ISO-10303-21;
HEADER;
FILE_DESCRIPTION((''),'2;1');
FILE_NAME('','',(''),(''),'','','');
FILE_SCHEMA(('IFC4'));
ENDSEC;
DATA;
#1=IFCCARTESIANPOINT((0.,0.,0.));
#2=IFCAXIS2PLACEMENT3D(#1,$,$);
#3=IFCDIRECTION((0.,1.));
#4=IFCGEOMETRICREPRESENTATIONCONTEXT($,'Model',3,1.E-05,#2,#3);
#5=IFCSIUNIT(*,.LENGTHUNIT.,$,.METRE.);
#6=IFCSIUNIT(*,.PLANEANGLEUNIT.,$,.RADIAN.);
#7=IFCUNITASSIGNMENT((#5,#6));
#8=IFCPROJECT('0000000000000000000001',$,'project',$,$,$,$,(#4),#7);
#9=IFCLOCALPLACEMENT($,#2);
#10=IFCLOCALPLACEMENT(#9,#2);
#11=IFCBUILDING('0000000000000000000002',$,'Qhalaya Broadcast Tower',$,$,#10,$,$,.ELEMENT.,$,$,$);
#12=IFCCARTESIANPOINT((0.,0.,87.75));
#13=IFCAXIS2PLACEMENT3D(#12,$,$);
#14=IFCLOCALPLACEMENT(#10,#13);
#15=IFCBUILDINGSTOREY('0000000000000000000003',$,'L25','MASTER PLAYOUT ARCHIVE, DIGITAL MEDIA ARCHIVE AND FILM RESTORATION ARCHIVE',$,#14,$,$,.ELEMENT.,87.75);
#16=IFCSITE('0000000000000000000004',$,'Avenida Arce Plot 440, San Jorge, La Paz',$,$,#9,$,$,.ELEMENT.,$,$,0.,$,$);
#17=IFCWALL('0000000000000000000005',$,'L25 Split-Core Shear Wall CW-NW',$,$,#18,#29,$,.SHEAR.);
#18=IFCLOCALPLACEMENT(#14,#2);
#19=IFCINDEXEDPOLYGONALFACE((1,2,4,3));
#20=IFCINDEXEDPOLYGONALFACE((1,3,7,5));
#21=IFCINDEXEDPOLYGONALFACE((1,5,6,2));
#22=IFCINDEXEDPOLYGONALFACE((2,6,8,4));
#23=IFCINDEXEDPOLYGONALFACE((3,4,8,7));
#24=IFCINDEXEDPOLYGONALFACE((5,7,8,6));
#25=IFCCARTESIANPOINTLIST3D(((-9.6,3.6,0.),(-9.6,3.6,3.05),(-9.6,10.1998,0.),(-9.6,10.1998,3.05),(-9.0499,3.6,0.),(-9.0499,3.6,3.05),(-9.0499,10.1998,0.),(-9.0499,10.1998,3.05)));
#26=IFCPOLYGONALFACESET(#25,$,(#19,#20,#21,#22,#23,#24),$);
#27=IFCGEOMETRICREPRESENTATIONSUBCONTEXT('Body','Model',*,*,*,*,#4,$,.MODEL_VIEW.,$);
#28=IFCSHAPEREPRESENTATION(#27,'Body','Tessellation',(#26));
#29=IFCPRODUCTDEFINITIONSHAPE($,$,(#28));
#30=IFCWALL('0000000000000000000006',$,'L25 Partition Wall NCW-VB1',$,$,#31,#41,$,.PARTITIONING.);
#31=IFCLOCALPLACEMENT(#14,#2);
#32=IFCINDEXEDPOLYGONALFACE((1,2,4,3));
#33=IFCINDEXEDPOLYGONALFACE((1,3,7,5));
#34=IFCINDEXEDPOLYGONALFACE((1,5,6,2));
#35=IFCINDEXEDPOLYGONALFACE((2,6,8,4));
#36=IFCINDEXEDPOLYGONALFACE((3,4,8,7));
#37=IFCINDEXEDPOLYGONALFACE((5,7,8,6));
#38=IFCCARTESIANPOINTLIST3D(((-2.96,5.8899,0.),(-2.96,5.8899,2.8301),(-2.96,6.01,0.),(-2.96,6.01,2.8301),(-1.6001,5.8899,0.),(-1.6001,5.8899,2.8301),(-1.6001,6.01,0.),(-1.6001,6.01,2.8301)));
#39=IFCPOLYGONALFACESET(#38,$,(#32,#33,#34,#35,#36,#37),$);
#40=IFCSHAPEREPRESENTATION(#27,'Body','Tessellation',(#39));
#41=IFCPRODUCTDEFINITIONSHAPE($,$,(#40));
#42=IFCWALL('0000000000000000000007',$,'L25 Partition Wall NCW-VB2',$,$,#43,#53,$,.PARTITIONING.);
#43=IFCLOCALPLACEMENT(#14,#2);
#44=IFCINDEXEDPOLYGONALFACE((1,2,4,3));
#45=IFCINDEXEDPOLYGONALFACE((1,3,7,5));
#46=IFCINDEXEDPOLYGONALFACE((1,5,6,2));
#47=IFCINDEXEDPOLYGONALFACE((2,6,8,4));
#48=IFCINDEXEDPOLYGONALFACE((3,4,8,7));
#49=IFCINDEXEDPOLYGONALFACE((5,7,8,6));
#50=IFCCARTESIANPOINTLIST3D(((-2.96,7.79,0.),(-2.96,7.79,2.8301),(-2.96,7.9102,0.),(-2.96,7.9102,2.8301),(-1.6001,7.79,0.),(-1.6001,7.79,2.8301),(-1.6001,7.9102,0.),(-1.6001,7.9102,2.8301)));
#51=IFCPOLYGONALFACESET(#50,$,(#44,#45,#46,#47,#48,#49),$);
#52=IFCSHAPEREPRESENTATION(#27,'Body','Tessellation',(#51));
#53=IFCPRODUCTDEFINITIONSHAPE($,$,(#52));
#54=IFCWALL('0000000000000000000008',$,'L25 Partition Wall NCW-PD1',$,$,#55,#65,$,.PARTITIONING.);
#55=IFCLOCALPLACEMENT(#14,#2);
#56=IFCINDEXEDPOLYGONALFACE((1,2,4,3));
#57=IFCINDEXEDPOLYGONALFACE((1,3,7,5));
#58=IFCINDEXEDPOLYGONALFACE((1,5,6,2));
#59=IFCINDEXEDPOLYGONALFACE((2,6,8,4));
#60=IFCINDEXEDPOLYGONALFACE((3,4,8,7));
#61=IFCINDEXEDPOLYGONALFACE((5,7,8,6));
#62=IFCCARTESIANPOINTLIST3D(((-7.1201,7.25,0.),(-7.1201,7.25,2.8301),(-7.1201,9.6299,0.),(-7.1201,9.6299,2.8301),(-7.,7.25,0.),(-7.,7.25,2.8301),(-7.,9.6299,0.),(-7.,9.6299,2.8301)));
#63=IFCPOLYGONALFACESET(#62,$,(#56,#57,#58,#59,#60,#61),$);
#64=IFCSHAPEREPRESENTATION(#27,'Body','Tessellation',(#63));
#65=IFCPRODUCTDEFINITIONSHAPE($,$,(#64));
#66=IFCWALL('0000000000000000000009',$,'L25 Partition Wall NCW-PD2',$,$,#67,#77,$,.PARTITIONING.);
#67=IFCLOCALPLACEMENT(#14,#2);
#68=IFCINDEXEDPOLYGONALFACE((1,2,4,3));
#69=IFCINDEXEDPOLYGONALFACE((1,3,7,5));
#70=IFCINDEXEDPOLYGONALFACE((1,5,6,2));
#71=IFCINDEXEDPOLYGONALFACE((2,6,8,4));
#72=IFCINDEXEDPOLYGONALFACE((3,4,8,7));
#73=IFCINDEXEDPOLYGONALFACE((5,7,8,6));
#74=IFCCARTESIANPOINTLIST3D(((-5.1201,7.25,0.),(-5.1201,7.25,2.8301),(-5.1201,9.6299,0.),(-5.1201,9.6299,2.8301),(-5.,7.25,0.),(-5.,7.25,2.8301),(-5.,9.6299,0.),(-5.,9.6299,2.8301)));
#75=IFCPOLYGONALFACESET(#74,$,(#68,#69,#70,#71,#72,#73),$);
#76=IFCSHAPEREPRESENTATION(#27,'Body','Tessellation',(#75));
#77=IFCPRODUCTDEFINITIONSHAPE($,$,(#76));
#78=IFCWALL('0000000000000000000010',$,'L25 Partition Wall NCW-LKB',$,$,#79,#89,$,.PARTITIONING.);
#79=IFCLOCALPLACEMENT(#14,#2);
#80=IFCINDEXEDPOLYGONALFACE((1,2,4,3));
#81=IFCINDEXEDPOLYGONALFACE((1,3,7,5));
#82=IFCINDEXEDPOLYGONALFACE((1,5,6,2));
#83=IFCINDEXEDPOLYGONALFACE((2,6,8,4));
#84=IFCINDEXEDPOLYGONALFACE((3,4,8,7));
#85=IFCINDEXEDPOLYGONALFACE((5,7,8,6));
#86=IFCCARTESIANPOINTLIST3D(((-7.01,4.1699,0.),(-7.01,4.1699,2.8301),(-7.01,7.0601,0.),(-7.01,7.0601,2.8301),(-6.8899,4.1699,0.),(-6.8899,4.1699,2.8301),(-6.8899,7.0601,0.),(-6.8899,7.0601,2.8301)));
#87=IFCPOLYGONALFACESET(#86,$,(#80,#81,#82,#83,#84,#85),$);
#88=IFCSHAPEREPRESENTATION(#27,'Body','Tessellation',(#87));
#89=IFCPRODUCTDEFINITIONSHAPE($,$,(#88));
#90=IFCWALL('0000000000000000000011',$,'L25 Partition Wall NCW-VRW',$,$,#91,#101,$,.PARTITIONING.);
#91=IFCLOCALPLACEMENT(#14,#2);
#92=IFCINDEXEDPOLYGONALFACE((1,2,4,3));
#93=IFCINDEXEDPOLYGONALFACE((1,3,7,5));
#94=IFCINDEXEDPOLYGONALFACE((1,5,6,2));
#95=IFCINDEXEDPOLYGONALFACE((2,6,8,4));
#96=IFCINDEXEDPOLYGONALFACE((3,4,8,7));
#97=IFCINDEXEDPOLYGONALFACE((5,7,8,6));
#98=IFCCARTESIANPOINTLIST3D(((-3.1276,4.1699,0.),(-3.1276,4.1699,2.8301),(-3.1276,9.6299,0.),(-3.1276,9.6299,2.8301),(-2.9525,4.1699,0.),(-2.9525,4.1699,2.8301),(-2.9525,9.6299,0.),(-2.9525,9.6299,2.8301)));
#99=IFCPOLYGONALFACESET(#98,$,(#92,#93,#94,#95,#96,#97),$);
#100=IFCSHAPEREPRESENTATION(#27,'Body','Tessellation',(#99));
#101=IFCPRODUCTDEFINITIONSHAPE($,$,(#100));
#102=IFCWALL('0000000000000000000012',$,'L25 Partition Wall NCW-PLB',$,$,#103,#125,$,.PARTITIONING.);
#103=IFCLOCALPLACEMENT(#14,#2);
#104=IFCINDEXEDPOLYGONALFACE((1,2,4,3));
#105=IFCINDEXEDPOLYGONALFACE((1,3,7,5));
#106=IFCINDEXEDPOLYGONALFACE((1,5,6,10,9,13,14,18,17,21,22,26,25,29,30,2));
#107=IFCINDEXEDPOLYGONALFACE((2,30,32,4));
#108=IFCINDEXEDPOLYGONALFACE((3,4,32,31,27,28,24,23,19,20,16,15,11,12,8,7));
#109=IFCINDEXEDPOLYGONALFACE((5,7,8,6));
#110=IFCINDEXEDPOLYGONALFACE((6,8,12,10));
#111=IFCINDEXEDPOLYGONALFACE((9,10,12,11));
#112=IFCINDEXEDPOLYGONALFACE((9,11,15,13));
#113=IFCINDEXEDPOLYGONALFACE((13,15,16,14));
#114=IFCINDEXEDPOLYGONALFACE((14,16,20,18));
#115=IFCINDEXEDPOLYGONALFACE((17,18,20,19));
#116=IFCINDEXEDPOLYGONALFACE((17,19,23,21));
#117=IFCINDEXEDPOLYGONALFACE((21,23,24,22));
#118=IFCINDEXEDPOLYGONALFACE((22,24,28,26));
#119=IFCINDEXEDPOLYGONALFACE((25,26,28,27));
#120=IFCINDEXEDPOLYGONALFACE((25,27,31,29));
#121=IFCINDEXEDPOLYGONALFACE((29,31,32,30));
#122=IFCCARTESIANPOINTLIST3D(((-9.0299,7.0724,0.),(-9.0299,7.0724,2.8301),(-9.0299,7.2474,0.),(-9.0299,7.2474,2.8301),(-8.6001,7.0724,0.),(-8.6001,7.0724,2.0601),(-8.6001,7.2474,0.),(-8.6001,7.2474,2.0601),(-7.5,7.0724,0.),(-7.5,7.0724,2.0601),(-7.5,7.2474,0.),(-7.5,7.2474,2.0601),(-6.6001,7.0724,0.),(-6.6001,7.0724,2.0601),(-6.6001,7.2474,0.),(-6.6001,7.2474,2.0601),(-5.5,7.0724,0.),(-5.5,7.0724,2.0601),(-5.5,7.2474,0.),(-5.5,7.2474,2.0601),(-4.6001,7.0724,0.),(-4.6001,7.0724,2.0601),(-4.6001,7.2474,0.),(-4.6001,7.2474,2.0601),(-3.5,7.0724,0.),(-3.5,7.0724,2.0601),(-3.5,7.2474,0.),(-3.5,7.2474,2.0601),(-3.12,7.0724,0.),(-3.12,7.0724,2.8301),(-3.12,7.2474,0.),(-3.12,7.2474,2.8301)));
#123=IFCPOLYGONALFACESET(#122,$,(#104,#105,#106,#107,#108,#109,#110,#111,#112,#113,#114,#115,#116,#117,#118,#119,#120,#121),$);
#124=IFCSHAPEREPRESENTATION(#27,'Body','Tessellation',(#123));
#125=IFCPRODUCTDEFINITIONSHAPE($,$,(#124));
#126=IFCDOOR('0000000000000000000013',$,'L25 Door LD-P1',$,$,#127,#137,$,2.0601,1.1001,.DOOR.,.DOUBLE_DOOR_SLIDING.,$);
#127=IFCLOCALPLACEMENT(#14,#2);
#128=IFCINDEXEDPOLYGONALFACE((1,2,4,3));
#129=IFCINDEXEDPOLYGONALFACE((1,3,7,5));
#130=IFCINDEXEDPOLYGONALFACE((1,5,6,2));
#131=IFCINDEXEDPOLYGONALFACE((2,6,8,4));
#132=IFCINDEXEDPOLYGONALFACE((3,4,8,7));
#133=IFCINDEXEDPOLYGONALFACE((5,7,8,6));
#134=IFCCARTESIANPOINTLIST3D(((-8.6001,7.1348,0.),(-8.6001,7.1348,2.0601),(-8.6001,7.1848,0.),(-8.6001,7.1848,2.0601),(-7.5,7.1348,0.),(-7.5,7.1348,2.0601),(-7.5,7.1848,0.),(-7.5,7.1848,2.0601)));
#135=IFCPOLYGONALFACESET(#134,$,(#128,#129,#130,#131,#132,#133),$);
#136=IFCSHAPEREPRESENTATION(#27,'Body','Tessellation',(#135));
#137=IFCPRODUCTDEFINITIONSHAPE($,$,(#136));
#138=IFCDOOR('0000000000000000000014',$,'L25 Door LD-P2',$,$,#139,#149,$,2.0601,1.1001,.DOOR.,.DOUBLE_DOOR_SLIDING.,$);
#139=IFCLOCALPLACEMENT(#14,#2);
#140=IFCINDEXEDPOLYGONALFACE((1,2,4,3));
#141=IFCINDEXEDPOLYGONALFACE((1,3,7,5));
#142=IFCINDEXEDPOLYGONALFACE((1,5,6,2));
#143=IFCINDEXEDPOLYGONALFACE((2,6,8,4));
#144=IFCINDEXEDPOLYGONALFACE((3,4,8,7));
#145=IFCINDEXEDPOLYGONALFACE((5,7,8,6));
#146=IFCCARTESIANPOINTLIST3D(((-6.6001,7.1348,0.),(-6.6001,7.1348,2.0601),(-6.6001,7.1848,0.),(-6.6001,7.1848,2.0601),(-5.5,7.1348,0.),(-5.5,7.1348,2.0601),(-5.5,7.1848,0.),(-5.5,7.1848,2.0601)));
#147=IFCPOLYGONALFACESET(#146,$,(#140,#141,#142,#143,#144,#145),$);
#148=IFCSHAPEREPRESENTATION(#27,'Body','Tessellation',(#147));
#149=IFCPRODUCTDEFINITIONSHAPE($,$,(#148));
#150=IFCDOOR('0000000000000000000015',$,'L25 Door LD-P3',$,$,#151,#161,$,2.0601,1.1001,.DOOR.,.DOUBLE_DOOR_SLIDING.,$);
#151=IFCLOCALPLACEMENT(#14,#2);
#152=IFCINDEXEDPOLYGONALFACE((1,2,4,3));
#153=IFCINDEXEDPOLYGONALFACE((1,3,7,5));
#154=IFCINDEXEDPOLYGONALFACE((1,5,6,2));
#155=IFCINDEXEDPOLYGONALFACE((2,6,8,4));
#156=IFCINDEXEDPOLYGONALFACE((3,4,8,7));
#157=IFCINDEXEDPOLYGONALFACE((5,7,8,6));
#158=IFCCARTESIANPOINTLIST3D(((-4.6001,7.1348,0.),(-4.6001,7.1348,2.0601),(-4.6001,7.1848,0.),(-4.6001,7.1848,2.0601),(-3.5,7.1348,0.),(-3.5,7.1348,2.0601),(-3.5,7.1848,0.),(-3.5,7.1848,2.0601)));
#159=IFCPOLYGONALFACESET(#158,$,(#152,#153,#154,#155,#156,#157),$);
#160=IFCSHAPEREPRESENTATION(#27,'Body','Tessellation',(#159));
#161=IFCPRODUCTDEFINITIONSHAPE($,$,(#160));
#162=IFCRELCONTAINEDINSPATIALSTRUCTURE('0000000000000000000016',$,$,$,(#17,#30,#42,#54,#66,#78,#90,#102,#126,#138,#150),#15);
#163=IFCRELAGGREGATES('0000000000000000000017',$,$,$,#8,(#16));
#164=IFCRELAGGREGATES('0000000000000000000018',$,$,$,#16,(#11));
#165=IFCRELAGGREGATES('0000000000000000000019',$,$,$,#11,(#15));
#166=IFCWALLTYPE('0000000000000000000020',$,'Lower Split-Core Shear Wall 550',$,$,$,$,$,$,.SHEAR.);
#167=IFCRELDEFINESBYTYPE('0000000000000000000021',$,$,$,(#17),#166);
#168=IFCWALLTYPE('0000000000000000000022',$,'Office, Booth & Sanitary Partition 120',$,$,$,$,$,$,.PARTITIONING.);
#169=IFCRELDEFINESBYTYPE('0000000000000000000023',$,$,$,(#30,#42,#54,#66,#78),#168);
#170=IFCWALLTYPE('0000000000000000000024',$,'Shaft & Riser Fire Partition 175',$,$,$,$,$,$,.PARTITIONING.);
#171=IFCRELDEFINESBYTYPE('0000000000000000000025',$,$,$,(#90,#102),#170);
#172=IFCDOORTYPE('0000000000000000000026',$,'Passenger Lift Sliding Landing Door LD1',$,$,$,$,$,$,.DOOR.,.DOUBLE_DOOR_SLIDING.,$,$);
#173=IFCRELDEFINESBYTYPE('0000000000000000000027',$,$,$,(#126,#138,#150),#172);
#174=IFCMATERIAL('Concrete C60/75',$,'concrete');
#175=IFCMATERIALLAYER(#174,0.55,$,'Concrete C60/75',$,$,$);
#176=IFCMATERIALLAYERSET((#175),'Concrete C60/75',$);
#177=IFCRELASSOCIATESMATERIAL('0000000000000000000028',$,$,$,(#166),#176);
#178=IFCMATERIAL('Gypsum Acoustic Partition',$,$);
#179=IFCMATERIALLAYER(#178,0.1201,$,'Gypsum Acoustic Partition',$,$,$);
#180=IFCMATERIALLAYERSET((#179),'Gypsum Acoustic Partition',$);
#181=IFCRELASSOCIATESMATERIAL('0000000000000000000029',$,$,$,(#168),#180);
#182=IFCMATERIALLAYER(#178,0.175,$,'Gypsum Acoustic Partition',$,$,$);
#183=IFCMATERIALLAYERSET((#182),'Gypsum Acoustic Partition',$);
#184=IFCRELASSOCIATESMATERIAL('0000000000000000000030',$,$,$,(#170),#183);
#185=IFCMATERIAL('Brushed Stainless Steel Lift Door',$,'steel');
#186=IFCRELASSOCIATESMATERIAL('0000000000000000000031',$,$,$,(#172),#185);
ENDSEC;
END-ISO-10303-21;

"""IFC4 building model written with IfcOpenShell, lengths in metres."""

from ifc_helpers import new_model, si_unit, direction, frame, frame_2d, origin, place, context, subcontext, project, spatial, rectangle, extrude, material, layer, layer_set, type_object, element, fill, save


model = new_model("IFC4")

# Units and contexts
model_context = context("Model", 3, precision=1e-05, world=origin(), true_north=direction((0.0, 1.0)))
body_context = subcontext(model_context, "Body", "Model", "MODEL_VIEW")
ifc_project = project(units=[si_unit("LENGTHUNIT", "METRE"), si_unit("PLANEANGLEUNIT", "RADIAN")], contexts=[model_context])

# Site, building, storey
site_placement = place(None, origin())
site = spatial("IfcSite", under=ifc_project, at=site_placement, Name="Avenida Arce Plot 440, San Jorge, La Paz", CompositionType="ELEMENT", RefElevation=0.0)
building_placement = place(site_placement, origin())
building = spatial("IfcBuilding", under=site, at=building_placement, Name="Qhalaya Broadcast Tower", CompositionType="ELEMENT")
storey_placement = place(building_placement, frame((0.0, 0.0, 87.75)))
storey = spatial("IfcBuildingStorey", under=building, at=storey_placement, Name="L25", Description="MASTER PLAYOUT ARCHIVE, DIGITAL MEDIA ARCHIVE AND FILM RESTORATION ARCHIVE", CompositionType="ELEMENT", Elevation=87.75)

# Shared definitions
ifc_material_1 = material(Name="Gypsum Acoustic Partition")

# Walls
ifc_material_2 = material(Name="Concrete C60/75", Category="concrete")
ifc_layer_1 = layer(ifc_material_2, 0.55, Name="Concrete C60/75")
ifc_layer_set_1 = layer_set([ifc_layer_1], Name="Concrete C60/75")
wall_type_1 = type_object("IfcWallType", Name="Lower Split-Core Shear Wall 550", PredefinedType="SHEAR", material=ifc_layer_set_1)
wall_1_placement = place(storey_placement, frame((-9.325, 3.6001, 0.0), z_axis=(0.0, 0.0, 1.0), x_axis=(0.0, 1.0, 0.0)))
element("IfcWall", 1, at=wall_1_placement, inside=storey, type_object=wall_type_1, Name="L25 Split-Core Shear Wall CW-NW", PredefinedType="SHEAR", context=body_context, shape_type="SweptSolid", body=[
    extrude(rectangle(XDim=6.5999, YDim=0.55, at=frame_2d((3.2998, 0.0))), origin(), (0.0, 0.0, 1.0), 3.05),
])
ifc_layer_2 = layer(ifc_material_1, 0.1201, Name="Gypsum Acoustic Partition")
ifc_layer_set_2 = layer_set([ifc_layer_2], Name="Gypsum Acoustic Partition")
wall_type_2 = type_object("IfcWallType", Name="Office, Booth & Sanitary Partition 120", PredefinedType="PARTITIONING", material=ifc_layer_set_2)
for number, where, z_axis, x_axis, name in (
    (2, (-2.96, 5.95, 0.0), (0.0, 0.0, 1.0), (1.0, 0.0, 0.0), "L25 Partition Wall NCW-VB1"),
    (3, (-2.96, 7.8501, 0.0), (0.0, 0.0, 1.0), (1.0, 0.0, 0.0), "L25 Partition Wall NCW-VB2"),
):
    element("IfcWall", number, at=place(storey_placement, frame(where, z_axis=z_axis, x_axis=x_axis)), inside=storey, type_object=wall_type_2, Name=name, PredefinedType="PARTITIONING", context=body_context, shape_type="SweptSolid", body=[
        extrude(rectangle(XDim=1.3599, YDim=0.1201, at=frame_2d((0.6799, 0.0))), origin(), (0.0, 0.0, 1.0), 2.8301),
    ])
for number, where, z_axis, x_axis, name in (
    (4, (-7.0601, 7.25, 0.0), (0.0, 0.0, 1.0), (0.0, 1.0, 0.0), "L25 Partition Wall NCW-PD1"),
    (5, (-5.0601, 7.25, 0.0), (0.0, 0.0, 1.0), (0.0, 1.0, 0.0), "L25 Partition Wall NCW-PD2"),
):
    element("IfcWall", number, at=place(storey_placement, frame(where, z_axis=z_axis, x_axis=x_axis)), inside=storey, type_object=wall_type_2, Name=name, PredefinedType="PARTITIONING", context=body_context, shape_type="SweptSolid", body=[
        extrude(rectangle(XDim=2.3799, YDim=0.1201, at=frame_2d((1.1899, 0.0))), origin(), (0.0, 0.0, 1.0), 2.8301),
    ])
wall_2_placement = place(storey_placement, frame((-6.95, 4.1699, 0.0), z_axis=(0.0, 0.0, 1.0), x_axis=(0.0, 1.0, 0.0)))
element("IfcWall", 6, at=wall_2_placement, inside=storey, type_object=wall_type_2, Name="L25 Partition Wall NCW-LKB", PredefinedType="PARTITIONING", context=body_context, shape_type="SweptSolid", body=[
    extrude(rectangle(XDim=2.8901, YDim=0.1201, at=frame_2d((1.4451, 0.0))), origin(), (0.0, 0.0, 1.0), 2.8301),
])
ifc_layer_3 = layer(ifc_material_1, 0.175, Name="Gypsum Acoustic Partition")
ifc_layer_set_3 = layer_set([ifc_layer_3], Name="Gypsum Acoustic Partition")
wall_type_3 = type_object("IfcWallType", Name="Shaft & Riser Fire Partition 175", PredefinedType="PARTITIONING", material=ifc_layer_set_3)
wall_3_placement = place(storey_placement, frame((-3.04, 4.1699, 0.0), z_axis=(0.0, 0.0, 1.0), x_axis=(0.0, 1.0, 0.0)))
element("IfcWall", 7, at=wall_3_placement, inside=storey, type_object=wall_type_3, Name="L25 Partition Wall NCW-VRW", PredefinedType="PARTITIONING", context=body_context, shape_type="SweptSolid", body=[
    extrude(rectangle(XDim=5.46, YDim=0.175, at=frame_2d((2.73, 0.0))), origin(), (0.0, 0.0, 1.0), 2.8301),
])

# Wall, openings, doors
wall_4_placement = place(storey_placement, frame((-9.03, 7.1599, 0.0), z_axis=(0.0, 0.0, 1.0), x_axis=(1.0, 0.0, 0.0)))
wall_4 = element("IfcWall", 8, at=wall_4_placement, inside=storey, type_object=wall_type_3, Name="L25 Partition Wall NCW-PLB", PredefinedType="PARTITIONING", context=body_context, shape_type="SweptSolid", body=[
    extrude(rectangle(XDim=5.9099, YDim=0.175, at=frame_2d((2.9551, 0.0))), origin(), (0.0, 0.0, 1.0), 2.8301),
])
opening_1_placement = place(wall_4_placement, frame((0.4299, 0.0, 0.0)))
opening_1 = element("IfcOpeningElement", 9, at=opening_1_placement, cuts=wall_4, PredefinedType="OPENING", context=body_context, shape_type="SweptSolid", body=[
    extrude(rectangle(XDim=1.1001, YDim=2.0601, at=frame_2d((0.55, 1.03))), frame((0.0, 0.0996, 0.0), z_axis=(0.0, -1.0, 0.0), x_axis=(1.0, 0.0, 0.0)), (0.0, 0.0, 1.0), 0.199),
])
opening_2_placement = place(wall_4_placement, frame((2.4299, 0.0, 0.0)))
opening_2 = element("IfcOpeningElement", 10, at=opening_2_placement, cuts=wall_4, PredefinedType="OPENING", context=body_context, shape_type="SweptSolid", body=[
    extrude(rectangle(XDim=1.1001, YDim=2.0601, at=frame_2d((0.55, 1.03))), frame((0.0, 0.0996, 0.0), z_axis=(0.0, -1.0, 0.0), x_axis=(1.0, 0.0, 0.0)), (0.0, 0.0, 1.0), 0.199),
])
opening_3_placement = place(wall_4_placement, frame((4.4299, 0.0, 0.0)))
opening_3 = element("IfcOpeningElement", 11, at=opening_3_placement, cuts=wall_4, PredefinedType="OPENING", context=body_context, shape_type="SweptSolid", body=[
    extrude(rectangle(XDim=1.1001, YDim=2.0601, at=frame_2d((0.55, 1.03))), frame((0.0, 0.0996, 0.0), z_axis=(0.0, -1.0, 0.0), x_axis=(1.0, 0.0, 0.0)), (0.0, 0.0, 1.0), 0.199),
])
ifc_material_3 = material(Name="Brushed Stainless Steel Lift Door", Category="steel")
door_type_1 = type_object("IfcDoorType", Name="Passenger Lift Sliding Landing Door LD1", OperationType="DOUBLE_DOOR_SLIDING", PredefinedType="DOOR", material=ifc_material_3)
door_1_placement = place(opening_1_placement, origin())
door_1 = element("IfcDoor", 12, at=door_1_placement, inside=storey, type_object=door_type_1, Name="L25 Door LD-P1", OperationType="DOUBLE_DOOR_SLIDING", OverallHeight=2.0601, OverallWidth=1.1001, PredefinedType="DOOR", context=body_context, shape_type="SweptSolid", body=[
    extrude(rectangle(XDim=1.1001, YDim=2.0601, at=frame_2d((0.55, 1.03))), frame((0.0, 0.0249, 0.0), z_axis=(0.0, -1.0, 0.0), x_axis=(1.0, 0.0, 0.0)), (0.0, 0.0, 1.0), 0.05),
])
fill(opening_1, door_1)
door_2_placement = place(opening_2_placement, origin())
door_2 = element("IfcDoor", 13, at=door_2_placement, inside=storey, type_object=door_type_1, Name="L25 Door LD-P2", OperationType="DOUBLE_DOOR_SLIDING", OverallHeight=2.0601, OverallWidth=1.1001, PredefinedType="DOOR", context=body_context, shape_type="SweptSolid", body=[
    extrude(rectangle(XDim=1.1001, YDim=2.0601, at=frame_2d((0.55, 1.03))), frame((0.0, 0.0249, 0.0), z_axis=(0.0, -1.0, 0.0), x_axis=(1.0, 0.0, 0.0)), (0.0, 0.0, 1.0), 0.05),
])
fill(opening_2, door_2)
door_3_placement = place(opening_3_placement, origin())
door_3 = element("IfcDoor", 14, at=door_3_placement, inside=storey, type_object=door_type_1, Name="L25 Door LD-P3", OperationType="DOUBLE_DOOR_SLIDING", OverallHeight=2.0601, OverallWidth=1.1001, PredefinedType="DOOR", context=body_context, shape_type="SweptSolid", body=[
    extrude(rectangle(XDim=1.1001, YDim=2.0601, at=frame_2d((0.55, 1.03))), frame((0.0, 0.0249, 0.0), z_axis=(0.0, -1.0, 0.0), x_axis=(1.0, 0.0, 0.0)), (0.0, 0.0, 1.0), 0.05),
])
fill(opening_3, door_3)

save(model, "model.ifc")
